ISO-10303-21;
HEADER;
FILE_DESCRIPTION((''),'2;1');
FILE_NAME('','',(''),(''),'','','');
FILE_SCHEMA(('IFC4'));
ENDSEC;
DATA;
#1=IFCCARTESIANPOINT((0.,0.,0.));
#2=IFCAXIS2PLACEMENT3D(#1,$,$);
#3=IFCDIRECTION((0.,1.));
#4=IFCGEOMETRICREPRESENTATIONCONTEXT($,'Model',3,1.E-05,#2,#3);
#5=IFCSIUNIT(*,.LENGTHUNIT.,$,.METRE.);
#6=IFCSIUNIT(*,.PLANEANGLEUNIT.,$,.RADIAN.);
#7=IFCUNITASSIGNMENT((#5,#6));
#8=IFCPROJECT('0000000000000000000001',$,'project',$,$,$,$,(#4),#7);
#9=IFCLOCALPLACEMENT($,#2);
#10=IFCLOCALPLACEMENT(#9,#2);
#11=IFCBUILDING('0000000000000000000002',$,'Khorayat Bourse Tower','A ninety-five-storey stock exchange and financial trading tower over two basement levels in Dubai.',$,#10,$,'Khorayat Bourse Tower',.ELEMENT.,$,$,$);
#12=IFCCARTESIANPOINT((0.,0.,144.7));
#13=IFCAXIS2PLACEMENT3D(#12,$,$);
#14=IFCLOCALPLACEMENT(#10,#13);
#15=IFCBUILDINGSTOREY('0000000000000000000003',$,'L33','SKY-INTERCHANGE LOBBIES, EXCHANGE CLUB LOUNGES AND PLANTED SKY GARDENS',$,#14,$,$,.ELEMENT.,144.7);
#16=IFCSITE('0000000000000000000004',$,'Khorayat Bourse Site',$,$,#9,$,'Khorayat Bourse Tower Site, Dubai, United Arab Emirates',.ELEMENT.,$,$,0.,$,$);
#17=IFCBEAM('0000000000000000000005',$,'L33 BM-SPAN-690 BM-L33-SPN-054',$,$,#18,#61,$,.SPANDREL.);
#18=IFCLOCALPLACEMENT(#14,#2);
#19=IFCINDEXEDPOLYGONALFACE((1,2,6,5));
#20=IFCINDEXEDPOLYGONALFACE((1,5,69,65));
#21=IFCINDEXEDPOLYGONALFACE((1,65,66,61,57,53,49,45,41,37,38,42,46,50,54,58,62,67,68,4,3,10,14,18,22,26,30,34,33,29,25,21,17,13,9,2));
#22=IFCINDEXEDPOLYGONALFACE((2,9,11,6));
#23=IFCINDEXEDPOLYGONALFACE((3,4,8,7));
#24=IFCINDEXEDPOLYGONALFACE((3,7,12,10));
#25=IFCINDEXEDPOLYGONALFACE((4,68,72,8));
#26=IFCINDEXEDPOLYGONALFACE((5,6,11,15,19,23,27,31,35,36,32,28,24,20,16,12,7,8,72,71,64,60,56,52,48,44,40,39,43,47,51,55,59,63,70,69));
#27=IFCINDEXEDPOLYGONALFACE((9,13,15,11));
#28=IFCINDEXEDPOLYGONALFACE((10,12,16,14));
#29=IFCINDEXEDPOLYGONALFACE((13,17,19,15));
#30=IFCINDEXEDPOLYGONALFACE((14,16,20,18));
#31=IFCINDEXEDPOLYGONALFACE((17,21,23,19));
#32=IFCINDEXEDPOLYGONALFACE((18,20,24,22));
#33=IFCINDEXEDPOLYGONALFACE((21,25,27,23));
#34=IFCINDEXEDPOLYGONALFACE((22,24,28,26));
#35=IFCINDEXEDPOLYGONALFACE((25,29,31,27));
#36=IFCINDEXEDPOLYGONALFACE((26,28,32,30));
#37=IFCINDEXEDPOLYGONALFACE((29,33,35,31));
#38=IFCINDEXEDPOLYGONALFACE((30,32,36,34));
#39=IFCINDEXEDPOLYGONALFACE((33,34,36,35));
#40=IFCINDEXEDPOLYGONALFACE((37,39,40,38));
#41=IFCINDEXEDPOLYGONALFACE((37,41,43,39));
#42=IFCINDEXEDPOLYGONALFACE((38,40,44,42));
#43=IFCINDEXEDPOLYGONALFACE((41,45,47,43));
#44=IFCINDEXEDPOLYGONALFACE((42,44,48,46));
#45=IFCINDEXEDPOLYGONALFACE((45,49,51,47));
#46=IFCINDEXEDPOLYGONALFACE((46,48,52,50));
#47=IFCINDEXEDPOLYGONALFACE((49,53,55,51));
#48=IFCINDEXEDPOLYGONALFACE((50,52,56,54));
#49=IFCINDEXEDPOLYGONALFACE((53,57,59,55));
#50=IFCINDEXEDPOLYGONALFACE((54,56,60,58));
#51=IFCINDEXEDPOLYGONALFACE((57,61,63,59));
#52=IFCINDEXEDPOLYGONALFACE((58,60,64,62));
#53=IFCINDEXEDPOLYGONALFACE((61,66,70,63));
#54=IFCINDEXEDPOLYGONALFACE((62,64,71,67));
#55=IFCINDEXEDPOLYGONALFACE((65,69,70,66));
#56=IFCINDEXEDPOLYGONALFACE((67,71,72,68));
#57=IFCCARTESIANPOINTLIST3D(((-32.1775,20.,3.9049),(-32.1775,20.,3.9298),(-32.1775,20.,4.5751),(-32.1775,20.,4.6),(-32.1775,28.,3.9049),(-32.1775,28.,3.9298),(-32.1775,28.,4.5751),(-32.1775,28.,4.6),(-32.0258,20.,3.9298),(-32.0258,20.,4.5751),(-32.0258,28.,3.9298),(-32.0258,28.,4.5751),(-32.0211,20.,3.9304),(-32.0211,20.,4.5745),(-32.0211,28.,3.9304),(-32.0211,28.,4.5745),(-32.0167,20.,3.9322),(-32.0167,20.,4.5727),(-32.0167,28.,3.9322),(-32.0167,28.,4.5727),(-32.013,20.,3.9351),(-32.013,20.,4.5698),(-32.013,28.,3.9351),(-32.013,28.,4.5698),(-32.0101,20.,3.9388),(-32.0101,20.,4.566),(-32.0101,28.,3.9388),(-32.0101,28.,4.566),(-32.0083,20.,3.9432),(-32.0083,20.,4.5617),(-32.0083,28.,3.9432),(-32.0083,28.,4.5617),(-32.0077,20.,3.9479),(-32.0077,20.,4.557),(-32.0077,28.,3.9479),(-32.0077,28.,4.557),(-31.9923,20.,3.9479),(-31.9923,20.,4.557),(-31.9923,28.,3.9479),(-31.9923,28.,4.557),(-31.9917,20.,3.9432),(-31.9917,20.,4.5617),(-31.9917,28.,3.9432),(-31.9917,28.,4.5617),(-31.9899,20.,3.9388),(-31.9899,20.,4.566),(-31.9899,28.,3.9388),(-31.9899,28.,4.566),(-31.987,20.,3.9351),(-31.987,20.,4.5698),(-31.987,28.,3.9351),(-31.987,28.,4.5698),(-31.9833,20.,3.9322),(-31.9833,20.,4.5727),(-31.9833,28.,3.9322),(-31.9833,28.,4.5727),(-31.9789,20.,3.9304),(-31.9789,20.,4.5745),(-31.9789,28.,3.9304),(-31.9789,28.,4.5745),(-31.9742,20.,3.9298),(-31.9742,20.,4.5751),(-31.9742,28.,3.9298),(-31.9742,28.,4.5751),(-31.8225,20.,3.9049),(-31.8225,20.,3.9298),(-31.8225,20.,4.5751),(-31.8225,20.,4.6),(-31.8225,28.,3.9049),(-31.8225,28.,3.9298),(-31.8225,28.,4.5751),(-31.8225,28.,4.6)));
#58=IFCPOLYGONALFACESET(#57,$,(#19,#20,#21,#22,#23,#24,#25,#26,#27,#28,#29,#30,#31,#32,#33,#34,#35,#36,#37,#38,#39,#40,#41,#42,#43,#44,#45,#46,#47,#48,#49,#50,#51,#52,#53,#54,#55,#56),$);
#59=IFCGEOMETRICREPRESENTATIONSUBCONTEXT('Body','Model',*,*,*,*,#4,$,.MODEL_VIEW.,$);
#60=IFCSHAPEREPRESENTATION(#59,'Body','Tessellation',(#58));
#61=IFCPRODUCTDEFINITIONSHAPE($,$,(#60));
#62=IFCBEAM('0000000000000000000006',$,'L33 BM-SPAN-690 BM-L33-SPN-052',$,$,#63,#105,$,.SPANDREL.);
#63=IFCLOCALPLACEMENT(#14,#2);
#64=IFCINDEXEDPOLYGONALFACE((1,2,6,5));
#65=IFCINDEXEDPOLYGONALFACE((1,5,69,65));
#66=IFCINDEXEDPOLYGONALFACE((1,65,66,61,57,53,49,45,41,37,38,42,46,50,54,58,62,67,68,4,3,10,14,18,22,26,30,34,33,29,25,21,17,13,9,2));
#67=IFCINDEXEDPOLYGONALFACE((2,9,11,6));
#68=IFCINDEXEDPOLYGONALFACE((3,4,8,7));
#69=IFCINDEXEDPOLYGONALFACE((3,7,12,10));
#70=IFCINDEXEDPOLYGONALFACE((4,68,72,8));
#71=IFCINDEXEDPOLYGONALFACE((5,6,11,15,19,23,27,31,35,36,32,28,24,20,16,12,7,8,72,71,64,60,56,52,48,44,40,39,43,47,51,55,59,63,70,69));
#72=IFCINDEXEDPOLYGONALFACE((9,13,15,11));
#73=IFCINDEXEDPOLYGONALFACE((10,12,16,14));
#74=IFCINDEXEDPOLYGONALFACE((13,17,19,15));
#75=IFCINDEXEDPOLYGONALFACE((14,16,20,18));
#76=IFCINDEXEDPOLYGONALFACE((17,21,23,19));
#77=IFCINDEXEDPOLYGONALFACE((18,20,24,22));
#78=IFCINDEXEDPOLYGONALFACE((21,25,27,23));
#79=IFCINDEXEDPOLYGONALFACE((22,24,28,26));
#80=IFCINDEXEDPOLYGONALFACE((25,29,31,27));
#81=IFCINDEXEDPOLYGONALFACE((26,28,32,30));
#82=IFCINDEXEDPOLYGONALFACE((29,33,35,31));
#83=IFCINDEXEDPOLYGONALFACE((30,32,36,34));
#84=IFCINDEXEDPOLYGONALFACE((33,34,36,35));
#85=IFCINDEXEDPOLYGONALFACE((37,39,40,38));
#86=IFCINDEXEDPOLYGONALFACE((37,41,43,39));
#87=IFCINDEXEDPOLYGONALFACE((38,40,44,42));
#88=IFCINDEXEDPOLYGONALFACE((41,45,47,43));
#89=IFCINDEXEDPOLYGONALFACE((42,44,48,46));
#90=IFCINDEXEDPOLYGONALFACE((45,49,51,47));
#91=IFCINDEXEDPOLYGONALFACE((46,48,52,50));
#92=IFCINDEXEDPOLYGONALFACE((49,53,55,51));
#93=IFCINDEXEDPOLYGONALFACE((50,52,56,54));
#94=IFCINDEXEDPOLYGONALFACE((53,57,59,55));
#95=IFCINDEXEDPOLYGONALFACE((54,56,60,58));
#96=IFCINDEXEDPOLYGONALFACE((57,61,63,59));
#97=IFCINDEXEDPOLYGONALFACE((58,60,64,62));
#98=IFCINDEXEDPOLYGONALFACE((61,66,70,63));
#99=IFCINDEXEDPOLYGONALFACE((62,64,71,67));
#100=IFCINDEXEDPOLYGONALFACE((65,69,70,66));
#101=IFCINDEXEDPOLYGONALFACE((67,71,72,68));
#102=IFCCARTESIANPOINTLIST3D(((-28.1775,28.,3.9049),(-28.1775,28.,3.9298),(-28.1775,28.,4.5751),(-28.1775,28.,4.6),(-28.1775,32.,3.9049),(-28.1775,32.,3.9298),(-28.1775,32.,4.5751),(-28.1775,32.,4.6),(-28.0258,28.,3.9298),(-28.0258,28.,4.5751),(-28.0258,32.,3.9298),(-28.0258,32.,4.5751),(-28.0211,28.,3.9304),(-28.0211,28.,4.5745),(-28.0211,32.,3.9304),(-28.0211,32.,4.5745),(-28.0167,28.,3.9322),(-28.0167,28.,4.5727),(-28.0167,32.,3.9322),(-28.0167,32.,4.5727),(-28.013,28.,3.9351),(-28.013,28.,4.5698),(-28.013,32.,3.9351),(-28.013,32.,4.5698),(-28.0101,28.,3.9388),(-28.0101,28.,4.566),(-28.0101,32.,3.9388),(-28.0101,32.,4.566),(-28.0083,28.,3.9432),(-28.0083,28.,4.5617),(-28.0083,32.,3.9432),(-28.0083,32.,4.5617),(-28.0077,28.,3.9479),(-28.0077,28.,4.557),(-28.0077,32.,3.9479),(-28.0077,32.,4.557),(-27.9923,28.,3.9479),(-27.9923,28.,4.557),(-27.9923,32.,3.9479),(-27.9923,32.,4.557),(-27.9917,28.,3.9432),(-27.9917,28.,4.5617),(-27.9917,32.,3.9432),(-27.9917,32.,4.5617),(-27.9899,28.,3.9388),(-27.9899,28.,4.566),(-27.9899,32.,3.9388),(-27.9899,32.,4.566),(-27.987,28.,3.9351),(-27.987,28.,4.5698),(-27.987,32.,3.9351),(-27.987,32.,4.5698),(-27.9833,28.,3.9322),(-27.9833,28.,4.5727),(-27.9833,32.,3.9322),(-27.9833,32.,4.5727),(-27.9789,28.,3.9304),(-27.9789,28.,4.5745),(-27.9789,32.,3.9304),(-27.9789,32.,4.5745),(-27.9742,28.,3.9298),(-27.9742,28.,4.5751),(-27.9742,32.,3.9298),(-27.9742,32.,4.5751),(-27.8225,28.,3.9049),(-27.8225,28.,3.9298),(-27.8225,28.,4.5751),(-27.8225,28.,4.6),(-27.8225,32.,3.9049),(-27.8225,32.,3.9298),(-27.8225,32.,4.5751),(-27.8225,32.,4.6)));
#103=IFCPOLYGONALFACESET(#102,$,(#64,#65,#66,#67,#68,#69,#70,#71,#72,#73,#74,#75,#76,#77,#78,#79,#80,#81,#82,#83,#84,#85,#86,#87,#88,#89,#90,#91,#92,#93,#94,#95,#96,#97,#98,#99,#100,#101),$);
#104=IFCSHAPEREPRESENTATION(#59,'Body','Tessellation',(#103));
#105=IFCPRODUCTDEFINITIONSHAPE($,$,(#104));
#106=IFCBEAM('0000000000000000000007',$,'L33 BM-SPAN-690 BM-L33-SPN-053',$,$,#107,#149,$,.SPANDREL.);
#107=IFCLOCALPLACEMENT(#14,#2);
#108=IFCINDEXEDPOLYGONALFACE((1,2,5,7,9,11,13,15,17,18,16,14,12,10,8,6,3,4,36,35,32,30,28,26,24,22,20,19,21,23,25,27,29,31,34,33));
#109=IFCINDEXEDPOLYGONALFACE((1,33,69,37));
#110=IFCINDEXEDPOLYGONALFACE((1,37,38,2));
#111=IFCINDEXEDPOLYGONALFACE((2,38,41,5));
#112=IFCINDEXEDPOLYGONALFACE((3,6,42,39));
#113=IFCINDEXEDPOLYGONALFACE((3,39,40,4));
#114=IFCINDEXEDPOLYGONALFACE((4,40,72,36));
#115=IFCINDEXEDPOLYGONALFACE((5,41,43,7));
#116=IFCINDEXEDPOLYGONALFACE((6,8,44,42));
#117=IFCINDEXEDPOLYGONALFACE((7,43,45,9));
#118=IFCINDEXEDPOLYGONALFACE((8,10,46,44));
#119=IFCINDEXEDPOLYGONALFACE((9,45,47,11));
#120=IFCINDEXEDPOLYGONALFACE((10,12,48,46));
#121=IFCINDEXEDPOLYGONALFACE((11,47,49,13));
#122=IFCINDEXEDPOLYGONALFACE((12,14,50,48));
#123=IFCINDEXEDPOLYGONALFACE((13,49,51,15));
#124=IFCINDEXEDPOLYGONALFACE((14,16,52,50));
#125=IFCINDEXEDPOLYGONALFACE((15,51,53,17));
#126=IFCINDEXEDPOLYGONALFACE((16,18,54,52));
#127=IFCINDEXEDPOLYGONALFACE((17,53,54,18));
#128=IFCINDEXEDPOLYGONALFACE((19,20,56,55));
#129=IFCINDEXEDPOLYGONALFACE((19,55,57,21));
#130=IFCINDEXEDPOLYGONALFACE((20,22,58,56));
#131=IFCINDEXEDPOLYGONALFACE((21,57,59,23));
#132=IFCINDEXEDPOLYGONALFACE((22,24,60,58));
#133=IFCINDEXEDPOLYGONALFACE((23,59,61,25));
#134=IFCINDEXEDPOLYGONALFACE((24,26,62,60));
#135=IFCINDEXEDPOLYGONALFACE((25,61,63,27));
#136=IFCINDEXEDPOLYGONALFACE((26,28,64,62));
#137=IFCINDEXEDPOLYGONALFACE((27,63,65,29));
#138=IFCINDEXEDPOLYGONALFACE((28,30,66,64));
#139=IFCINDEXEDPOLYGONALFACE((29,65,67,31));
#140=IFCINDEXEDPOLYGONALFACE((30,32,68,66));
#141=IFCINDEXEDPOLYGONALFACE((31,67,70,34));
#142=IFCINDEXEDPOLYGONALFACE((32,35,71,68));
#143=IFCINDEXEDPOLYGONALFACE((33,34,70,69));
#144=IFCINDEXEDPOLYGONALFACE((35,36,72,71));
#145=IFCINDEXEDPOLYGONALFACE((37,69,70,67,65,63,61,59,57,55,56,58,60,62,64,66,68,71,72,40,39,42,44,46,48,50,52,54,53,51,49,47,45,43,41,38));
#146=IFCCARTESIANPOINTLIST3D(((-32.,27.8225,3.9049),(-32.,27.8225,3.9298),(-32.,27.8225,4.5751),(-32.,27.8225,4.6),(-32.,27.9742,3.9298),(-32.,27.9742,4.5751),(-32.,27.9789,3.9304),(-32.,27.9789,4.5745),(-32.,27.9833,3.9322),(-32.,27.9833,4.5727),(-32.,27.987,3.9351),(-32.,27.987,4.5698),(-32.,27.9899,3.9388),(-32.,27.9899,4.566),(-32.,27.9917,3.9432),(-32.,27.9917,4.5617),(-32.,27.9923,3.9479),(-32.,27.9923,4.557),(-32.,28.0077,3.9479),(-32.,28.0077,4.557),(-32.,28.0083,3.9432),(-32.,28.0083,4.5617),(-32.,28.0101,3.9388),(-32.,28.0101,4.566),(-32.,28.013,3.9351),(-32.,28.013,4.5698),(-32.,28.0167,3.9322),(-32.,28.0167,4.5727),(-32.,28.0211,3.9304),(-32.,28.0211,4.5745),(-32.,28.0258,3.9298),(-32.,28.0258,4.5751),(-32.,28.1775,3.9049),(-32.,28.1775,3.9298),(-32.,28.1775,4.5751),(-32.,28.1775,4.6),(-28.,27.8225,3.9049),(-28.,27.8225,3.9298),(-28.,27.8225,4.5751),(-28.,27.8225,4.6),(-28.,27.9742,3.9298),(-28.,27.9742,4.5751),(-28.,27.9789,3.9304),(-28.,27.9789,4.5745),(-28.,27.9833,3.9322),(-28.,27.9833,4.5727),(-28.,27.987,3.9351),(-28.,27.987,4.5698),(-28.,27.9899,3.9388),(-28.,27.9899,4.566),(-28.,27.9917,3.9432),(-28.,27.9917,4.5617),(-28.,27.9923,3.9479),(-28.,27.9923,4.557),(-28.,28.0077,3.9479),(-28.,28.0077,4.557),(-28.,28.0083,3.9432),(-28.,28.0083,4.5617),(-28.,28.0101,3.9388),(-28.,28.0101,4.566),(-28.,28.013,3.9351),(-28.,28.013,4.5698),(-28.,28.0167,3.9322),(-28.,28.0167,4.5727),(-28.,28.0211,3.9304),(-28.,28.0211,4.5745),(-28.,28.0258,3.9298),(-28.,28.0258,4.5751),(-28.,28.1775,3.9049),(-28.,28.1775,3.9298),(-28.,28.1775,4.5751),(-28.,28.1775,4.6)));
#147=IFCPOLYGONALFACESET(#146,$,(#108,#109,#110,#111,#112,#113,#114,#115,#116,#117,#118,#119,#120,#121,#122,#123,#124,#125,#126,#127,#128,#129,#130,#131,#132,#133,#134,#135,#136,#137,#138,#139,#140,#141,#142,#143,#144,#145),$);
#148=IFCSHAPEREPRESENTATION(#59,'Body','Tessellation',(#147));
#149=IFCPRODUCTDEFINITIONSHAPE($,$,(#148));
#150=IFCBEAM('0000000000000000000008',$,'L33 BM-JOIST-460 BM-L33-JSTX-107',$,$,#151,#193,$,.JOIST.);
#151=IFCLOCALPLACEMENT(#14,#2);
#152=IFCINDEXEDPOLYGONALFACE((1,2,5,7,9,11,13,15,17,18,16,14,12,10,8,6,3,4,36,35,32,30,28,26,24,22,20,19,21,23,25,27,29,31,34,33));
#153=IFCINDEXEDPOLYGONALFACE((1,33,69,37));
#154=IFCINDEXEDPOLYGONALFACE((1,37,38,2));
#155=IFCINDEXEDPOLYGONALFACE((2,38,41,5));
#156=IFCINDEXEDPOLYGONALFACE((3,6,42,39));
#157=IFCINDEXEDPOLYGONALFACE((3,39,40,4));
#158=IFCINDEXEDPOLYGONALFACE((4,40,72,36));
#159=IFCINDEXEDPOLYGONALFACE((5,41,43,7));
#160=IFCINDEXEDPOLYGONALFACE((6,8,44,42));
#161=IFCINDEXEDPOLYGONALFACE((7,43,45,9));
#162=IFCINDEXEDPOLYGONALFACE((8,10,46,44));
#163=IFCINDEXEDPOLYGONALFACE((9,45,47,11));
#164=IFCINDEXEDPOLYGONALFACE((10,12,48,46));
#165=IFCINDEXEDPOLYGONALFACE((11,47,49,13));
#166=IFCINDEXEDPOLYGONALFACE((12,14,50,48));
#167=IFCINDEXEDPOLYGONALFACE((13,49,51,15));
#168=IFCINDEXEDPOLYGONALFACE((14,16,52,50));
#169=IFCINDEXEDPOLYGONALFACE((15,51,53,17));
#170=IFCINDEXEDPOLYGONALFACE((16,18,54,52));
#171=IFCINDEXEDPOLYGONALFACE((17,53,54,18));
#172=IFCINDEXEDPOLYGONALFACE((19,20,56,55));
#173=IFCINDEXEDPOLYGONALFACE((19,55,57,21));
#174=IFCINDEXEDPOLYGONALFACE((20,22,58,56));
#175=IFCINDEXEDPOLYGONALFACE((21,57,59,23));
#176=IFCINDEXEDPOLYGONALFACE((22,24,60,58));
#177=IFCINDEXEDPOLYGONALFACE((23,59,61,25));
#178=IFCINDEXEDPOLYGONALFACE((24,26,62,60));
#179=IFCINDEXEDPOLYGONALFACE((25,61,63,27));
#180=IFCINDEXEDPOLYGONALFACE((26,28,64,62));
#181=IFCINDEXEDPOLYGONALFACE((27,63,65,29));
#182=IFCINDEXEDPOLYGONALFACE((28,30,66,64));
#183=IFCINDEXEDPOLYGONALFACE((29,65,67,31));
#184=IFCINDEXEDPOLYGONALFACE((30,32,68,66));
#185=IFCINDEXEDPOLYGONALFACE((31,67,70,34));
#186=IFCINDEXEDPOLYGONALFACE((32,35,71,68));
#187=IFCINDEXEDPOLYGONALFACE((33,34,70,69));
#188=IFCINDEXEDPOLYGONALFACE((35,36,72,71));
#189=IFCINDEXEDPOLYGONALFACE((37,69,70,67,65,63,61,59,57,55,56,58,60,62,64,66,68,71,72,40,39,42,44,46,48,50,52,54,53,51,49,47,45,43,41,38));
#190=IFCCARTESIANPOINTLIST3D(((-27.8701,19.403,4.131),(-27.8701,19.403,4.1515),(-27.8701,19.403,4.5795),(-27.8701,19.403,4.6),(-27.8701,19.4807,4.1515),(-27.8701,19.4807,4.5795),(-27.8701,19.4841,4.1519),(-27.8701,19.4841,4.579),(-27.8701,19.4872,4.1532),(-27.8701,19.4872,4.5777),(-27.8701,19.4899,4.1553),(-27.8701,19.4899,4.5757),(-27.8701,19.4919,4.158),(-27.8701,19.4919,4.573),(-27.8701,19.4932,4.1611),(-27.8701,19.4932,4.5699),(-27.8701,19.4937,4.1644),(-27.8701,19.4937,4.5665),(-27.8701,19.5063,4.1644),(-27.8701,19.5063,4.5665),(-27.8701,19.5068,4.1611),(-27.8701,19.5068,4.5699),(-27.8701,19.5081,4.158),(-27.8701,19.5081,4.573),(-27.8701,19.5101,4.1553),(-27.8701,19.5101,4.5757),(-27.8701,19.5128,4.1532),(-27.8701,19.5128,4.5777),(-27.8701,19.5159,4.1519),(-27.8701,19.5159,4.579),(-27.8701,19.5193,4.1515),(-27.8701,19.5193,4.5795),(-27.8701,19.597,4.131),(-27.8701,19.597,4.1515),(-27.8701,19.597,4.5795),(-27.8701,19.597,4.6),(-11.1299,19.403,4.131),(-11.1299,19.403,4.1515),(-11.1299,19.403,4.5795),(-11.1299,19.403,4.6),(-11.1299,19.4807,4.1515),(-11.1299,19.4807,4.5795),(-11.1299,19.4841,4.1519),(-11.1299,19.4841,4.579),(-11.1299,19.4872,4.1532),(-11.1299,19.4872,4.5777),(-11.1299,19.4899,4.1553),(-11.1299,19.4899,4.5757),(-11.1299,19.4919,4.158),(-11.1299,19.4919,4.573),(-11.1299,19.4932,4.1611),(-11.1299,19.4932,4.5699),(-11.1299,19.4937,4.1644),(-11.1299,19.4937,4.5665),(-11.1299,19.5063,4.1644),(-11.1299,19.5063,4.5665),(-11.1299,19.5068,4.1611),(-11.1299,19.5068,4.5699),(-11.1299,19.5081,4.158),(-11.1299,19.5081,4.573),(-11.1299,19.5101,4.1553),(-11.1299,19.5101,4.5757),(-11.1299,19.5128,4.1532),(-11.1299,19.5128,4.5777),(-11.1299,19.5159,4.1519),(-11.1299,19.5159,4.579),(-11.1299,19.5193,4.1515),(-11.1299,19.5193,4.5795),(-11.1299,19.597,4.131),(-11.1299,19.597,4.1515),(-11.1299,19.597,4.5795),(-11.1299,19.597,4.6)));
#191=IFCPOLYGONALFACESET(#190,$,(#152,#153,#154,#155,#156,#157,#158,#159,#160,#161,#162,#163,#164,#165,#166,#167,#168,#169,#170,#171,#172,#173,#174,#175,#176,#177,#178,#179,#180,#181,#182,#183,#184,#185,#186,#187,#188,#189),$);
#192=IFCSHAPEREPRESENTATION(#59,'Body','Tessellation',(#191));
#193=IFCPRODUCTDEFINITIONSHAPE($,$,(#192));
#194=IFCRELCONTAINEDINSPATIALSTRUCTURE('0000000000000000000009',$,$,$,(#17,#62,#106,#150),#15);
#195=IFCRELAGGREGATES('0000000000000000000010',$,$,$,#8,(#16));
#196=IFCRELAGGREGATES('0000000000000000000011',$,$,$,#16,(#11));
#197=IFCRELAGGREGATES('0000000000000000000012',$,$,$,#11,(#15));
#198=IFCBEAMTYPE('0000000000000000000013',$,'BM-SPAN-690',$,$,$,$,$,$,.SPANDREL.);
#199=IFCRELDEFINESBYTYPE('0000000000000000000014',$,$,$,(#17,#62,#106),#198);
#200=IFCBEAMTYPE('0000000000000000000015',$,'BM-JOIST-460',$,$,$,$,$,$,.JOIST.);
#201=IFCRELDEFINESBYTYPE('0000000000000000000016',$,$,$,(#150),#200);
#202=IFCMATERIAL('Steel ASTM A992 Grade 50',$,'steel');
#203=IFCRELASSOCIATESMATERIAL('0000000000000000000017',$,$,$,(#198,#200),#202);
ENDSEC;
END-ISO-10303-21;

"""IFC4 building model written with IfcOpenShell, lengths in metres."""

from ifc_helpers import new_model, si_unit, direction, frame, origin, origin_2d, place, context, subcontext, project, spatial, i_section, extrude, source, transform, mapped, material, material_profile, profile_set, type_object, element, save


model = new_model("IFC4")

# Units and contexts
model_context = context("Model", 3, precision=1e-05, world=origin(), true_north=direction((0.0, 1.0)))
body_context = subcontext(model_context, "Body", "Model", "MODEL_VIEW")
ifc_project = project(units=[si_unit("LENGTHUNIT", "METRE"), si_unit("PLANEANGLEUNIT", "RADIAN")], contexts=[model_context])

# Site, building, storey
site_placement = place(None, origin())
site = spatial("IfcSite", under=ifc_project, at=site_placement, Name="Khorayat Bourse Site", LongName="Khorayat Bourse Tower Site, Dubai, United Arab Emirates", CompositionType="ELEMENT", RefElevation=0.0)
building_placement = place(site_placement, origin())
building = spatial("IfcBuilding", under=site, at=building_placement, Name="Khorayat Bourse Tower", Description="A ninety-five-storey stock exchange and financial trading tower over two basement levels in Dubai.", LongName="Khorayat Bourse Tower", CompositionType="ELEMENT")
storey_placement = place(building_placement, frame((0.0, 0.0, 144.7)))
storey = spatial("IfcBuildingStorey", under=building, at=storey_placement, Name="L33", Description="SKY-INTERCHANGE LOBBIES, EXCHANGE CLUB LOUNGES AND PLANTED SKY GARDENS", CompositionType="ELEMENT", Elevation=144.7)

# Beams
ifc_material_1 = material(Name="Steel ASTM A992 Grade 50", Category="steel")
ifc_material_profile_1 = material_profile(ifc_material_1, i_section(OverallWidth=0.355, OverallDepth=0.6951, WebThickness=0.0154, FlangeThickness=0.0249, FilletRadius=0.0181, at=origin_2d()), Name="W690X217")
ifc_profile_set_1 = profile_set([ifc_material_profile_1], Name="Steel ASTM A992 Grade 50")
beam_type_1 = type_object("IfcBeamType", Name="BM-SPAN-690", PredefinedType="SPANDREL", material=ifc_profile_set_1)
shared_shape_1 = source(origin(), body_context, "Body", "SweptSolid", [
    extrude(i_section(OverallWidth=0.355, OverallDepth=0.6951, WebThickness=0.0154, FlangeThickness=0.0249, FilletRadius=0.0181, at=origin_2d()), origin(), (0.0, 0.0, 1.0), 8.0),
])
for number, where, z_axis, x_axis, name in (
    (1, (-32.0, 20.0, 4.2524), (0.0, 1.0, 0.0), (-1.0, 0.0, 0.0), "L33 BM-SPAN-690 BM-L33-SPN-054"),
):
    element("IfcBeam", number, at=place(storey_placement, frame(where, z_axis=z_axis, x_axis=x_axis)), inside=storey, type_object=beam_type_1, Name=name, PredefinedType="SPANDREL", context=body_context, shape_type="MappedRepresentation", body=[
        mapped(shared_shape_1, transform((0.0, 0.0, 0.0), scale=1.0)),
    ])
shared_shape_2 = source(origin(), body_context, "Body", "SweptSolid", [
    extrude(i_section(OverallWidth=0.355, OverallDepth=0.6951, WebThickness=0.0154, FlangeThickness=0.0249, FilletRadius=0.0181, at=origin_2d()), origin(), (0.0, 0.0, 1.0), 4.0),
])
for number, where, z_axis, x_axis, name in (
    (2, (-28.0, 28.0, 4.2524), (0.0, 1.0, 0.0), (-1.0, 0.0, 0.0), "L33 BM-SPAN-690 BM-L33-SPN-052"),
    (3, (-32.0, 28.0, 4.2524), (1.0, 0.0, 0.0), (0.0, 1.0, 0.0), "L33 BM-SPAN-690 BM-L33-SPN-053"),
):
    element("IfcBeam", number, at=place(storey_placement, frame(where, z_axis=z_axis, x_axis=x_axis)), inside=storey, type_object=beam_type_1, Name=name, PredefinedType="SPANDREL", context=body_context, shape_type="MappedRepresentation", body=[
        mapped(shared_shape_2, transform((0.0, 0.0, 0.0), scale=1.0)),
    ])
ifc_material_profile_2 = material_profile(ifc_material_1, i_section(OverallWidth=0.1941, OverallDepth=0.469, WebThickness=0.0127, FlangeThickness=0.0205, FilletRadius=0.0129, at=origin_2d()), Name="W460X106")
ifc_profile_set_2 = profile_set([ifc_material_profile_2], Name="Steel ASTM A992 Grade 50")
beam_type_2 = type_object("IfcBeamType", Name="BM-JOIST-460", PredefinedType="JOIST", material=ifc_profile_set_2)
shared_shape_3 = source(origin(), body_context, "Body", "SweptSolid", [
    extrude(i_section(OverallWidth=0.1941, OverallDepth=0.469, WebThickness=0.0127, FlangeThickness=0.0205, FilletRadius=0.0129, at=origin_2d()), origin(), (0.0, 0.0, 1.0), 16.7402),
])
beam_1_placement = place(storey_placement, frame((-27.8701, 19.5, 4.3655), z_axis=(1.0, 0.0, 0.0), x_axis=(0.0, 1.0, 0.0)))
element("IfcBeam", 4, at=beam_1_placement, inside=storey, type_object=beam_type_2, Name="L33 BM-JOIST-460 BM-L33-JSTX-107", PredefinedType="JOIST", context=body_context, shape_type="MappedRepresentation", body=[
    mapped(shared_shape_3, transform((0.0, 0.0, 0.0), scale=1.0)),
])

save(model, "model.ifc")
